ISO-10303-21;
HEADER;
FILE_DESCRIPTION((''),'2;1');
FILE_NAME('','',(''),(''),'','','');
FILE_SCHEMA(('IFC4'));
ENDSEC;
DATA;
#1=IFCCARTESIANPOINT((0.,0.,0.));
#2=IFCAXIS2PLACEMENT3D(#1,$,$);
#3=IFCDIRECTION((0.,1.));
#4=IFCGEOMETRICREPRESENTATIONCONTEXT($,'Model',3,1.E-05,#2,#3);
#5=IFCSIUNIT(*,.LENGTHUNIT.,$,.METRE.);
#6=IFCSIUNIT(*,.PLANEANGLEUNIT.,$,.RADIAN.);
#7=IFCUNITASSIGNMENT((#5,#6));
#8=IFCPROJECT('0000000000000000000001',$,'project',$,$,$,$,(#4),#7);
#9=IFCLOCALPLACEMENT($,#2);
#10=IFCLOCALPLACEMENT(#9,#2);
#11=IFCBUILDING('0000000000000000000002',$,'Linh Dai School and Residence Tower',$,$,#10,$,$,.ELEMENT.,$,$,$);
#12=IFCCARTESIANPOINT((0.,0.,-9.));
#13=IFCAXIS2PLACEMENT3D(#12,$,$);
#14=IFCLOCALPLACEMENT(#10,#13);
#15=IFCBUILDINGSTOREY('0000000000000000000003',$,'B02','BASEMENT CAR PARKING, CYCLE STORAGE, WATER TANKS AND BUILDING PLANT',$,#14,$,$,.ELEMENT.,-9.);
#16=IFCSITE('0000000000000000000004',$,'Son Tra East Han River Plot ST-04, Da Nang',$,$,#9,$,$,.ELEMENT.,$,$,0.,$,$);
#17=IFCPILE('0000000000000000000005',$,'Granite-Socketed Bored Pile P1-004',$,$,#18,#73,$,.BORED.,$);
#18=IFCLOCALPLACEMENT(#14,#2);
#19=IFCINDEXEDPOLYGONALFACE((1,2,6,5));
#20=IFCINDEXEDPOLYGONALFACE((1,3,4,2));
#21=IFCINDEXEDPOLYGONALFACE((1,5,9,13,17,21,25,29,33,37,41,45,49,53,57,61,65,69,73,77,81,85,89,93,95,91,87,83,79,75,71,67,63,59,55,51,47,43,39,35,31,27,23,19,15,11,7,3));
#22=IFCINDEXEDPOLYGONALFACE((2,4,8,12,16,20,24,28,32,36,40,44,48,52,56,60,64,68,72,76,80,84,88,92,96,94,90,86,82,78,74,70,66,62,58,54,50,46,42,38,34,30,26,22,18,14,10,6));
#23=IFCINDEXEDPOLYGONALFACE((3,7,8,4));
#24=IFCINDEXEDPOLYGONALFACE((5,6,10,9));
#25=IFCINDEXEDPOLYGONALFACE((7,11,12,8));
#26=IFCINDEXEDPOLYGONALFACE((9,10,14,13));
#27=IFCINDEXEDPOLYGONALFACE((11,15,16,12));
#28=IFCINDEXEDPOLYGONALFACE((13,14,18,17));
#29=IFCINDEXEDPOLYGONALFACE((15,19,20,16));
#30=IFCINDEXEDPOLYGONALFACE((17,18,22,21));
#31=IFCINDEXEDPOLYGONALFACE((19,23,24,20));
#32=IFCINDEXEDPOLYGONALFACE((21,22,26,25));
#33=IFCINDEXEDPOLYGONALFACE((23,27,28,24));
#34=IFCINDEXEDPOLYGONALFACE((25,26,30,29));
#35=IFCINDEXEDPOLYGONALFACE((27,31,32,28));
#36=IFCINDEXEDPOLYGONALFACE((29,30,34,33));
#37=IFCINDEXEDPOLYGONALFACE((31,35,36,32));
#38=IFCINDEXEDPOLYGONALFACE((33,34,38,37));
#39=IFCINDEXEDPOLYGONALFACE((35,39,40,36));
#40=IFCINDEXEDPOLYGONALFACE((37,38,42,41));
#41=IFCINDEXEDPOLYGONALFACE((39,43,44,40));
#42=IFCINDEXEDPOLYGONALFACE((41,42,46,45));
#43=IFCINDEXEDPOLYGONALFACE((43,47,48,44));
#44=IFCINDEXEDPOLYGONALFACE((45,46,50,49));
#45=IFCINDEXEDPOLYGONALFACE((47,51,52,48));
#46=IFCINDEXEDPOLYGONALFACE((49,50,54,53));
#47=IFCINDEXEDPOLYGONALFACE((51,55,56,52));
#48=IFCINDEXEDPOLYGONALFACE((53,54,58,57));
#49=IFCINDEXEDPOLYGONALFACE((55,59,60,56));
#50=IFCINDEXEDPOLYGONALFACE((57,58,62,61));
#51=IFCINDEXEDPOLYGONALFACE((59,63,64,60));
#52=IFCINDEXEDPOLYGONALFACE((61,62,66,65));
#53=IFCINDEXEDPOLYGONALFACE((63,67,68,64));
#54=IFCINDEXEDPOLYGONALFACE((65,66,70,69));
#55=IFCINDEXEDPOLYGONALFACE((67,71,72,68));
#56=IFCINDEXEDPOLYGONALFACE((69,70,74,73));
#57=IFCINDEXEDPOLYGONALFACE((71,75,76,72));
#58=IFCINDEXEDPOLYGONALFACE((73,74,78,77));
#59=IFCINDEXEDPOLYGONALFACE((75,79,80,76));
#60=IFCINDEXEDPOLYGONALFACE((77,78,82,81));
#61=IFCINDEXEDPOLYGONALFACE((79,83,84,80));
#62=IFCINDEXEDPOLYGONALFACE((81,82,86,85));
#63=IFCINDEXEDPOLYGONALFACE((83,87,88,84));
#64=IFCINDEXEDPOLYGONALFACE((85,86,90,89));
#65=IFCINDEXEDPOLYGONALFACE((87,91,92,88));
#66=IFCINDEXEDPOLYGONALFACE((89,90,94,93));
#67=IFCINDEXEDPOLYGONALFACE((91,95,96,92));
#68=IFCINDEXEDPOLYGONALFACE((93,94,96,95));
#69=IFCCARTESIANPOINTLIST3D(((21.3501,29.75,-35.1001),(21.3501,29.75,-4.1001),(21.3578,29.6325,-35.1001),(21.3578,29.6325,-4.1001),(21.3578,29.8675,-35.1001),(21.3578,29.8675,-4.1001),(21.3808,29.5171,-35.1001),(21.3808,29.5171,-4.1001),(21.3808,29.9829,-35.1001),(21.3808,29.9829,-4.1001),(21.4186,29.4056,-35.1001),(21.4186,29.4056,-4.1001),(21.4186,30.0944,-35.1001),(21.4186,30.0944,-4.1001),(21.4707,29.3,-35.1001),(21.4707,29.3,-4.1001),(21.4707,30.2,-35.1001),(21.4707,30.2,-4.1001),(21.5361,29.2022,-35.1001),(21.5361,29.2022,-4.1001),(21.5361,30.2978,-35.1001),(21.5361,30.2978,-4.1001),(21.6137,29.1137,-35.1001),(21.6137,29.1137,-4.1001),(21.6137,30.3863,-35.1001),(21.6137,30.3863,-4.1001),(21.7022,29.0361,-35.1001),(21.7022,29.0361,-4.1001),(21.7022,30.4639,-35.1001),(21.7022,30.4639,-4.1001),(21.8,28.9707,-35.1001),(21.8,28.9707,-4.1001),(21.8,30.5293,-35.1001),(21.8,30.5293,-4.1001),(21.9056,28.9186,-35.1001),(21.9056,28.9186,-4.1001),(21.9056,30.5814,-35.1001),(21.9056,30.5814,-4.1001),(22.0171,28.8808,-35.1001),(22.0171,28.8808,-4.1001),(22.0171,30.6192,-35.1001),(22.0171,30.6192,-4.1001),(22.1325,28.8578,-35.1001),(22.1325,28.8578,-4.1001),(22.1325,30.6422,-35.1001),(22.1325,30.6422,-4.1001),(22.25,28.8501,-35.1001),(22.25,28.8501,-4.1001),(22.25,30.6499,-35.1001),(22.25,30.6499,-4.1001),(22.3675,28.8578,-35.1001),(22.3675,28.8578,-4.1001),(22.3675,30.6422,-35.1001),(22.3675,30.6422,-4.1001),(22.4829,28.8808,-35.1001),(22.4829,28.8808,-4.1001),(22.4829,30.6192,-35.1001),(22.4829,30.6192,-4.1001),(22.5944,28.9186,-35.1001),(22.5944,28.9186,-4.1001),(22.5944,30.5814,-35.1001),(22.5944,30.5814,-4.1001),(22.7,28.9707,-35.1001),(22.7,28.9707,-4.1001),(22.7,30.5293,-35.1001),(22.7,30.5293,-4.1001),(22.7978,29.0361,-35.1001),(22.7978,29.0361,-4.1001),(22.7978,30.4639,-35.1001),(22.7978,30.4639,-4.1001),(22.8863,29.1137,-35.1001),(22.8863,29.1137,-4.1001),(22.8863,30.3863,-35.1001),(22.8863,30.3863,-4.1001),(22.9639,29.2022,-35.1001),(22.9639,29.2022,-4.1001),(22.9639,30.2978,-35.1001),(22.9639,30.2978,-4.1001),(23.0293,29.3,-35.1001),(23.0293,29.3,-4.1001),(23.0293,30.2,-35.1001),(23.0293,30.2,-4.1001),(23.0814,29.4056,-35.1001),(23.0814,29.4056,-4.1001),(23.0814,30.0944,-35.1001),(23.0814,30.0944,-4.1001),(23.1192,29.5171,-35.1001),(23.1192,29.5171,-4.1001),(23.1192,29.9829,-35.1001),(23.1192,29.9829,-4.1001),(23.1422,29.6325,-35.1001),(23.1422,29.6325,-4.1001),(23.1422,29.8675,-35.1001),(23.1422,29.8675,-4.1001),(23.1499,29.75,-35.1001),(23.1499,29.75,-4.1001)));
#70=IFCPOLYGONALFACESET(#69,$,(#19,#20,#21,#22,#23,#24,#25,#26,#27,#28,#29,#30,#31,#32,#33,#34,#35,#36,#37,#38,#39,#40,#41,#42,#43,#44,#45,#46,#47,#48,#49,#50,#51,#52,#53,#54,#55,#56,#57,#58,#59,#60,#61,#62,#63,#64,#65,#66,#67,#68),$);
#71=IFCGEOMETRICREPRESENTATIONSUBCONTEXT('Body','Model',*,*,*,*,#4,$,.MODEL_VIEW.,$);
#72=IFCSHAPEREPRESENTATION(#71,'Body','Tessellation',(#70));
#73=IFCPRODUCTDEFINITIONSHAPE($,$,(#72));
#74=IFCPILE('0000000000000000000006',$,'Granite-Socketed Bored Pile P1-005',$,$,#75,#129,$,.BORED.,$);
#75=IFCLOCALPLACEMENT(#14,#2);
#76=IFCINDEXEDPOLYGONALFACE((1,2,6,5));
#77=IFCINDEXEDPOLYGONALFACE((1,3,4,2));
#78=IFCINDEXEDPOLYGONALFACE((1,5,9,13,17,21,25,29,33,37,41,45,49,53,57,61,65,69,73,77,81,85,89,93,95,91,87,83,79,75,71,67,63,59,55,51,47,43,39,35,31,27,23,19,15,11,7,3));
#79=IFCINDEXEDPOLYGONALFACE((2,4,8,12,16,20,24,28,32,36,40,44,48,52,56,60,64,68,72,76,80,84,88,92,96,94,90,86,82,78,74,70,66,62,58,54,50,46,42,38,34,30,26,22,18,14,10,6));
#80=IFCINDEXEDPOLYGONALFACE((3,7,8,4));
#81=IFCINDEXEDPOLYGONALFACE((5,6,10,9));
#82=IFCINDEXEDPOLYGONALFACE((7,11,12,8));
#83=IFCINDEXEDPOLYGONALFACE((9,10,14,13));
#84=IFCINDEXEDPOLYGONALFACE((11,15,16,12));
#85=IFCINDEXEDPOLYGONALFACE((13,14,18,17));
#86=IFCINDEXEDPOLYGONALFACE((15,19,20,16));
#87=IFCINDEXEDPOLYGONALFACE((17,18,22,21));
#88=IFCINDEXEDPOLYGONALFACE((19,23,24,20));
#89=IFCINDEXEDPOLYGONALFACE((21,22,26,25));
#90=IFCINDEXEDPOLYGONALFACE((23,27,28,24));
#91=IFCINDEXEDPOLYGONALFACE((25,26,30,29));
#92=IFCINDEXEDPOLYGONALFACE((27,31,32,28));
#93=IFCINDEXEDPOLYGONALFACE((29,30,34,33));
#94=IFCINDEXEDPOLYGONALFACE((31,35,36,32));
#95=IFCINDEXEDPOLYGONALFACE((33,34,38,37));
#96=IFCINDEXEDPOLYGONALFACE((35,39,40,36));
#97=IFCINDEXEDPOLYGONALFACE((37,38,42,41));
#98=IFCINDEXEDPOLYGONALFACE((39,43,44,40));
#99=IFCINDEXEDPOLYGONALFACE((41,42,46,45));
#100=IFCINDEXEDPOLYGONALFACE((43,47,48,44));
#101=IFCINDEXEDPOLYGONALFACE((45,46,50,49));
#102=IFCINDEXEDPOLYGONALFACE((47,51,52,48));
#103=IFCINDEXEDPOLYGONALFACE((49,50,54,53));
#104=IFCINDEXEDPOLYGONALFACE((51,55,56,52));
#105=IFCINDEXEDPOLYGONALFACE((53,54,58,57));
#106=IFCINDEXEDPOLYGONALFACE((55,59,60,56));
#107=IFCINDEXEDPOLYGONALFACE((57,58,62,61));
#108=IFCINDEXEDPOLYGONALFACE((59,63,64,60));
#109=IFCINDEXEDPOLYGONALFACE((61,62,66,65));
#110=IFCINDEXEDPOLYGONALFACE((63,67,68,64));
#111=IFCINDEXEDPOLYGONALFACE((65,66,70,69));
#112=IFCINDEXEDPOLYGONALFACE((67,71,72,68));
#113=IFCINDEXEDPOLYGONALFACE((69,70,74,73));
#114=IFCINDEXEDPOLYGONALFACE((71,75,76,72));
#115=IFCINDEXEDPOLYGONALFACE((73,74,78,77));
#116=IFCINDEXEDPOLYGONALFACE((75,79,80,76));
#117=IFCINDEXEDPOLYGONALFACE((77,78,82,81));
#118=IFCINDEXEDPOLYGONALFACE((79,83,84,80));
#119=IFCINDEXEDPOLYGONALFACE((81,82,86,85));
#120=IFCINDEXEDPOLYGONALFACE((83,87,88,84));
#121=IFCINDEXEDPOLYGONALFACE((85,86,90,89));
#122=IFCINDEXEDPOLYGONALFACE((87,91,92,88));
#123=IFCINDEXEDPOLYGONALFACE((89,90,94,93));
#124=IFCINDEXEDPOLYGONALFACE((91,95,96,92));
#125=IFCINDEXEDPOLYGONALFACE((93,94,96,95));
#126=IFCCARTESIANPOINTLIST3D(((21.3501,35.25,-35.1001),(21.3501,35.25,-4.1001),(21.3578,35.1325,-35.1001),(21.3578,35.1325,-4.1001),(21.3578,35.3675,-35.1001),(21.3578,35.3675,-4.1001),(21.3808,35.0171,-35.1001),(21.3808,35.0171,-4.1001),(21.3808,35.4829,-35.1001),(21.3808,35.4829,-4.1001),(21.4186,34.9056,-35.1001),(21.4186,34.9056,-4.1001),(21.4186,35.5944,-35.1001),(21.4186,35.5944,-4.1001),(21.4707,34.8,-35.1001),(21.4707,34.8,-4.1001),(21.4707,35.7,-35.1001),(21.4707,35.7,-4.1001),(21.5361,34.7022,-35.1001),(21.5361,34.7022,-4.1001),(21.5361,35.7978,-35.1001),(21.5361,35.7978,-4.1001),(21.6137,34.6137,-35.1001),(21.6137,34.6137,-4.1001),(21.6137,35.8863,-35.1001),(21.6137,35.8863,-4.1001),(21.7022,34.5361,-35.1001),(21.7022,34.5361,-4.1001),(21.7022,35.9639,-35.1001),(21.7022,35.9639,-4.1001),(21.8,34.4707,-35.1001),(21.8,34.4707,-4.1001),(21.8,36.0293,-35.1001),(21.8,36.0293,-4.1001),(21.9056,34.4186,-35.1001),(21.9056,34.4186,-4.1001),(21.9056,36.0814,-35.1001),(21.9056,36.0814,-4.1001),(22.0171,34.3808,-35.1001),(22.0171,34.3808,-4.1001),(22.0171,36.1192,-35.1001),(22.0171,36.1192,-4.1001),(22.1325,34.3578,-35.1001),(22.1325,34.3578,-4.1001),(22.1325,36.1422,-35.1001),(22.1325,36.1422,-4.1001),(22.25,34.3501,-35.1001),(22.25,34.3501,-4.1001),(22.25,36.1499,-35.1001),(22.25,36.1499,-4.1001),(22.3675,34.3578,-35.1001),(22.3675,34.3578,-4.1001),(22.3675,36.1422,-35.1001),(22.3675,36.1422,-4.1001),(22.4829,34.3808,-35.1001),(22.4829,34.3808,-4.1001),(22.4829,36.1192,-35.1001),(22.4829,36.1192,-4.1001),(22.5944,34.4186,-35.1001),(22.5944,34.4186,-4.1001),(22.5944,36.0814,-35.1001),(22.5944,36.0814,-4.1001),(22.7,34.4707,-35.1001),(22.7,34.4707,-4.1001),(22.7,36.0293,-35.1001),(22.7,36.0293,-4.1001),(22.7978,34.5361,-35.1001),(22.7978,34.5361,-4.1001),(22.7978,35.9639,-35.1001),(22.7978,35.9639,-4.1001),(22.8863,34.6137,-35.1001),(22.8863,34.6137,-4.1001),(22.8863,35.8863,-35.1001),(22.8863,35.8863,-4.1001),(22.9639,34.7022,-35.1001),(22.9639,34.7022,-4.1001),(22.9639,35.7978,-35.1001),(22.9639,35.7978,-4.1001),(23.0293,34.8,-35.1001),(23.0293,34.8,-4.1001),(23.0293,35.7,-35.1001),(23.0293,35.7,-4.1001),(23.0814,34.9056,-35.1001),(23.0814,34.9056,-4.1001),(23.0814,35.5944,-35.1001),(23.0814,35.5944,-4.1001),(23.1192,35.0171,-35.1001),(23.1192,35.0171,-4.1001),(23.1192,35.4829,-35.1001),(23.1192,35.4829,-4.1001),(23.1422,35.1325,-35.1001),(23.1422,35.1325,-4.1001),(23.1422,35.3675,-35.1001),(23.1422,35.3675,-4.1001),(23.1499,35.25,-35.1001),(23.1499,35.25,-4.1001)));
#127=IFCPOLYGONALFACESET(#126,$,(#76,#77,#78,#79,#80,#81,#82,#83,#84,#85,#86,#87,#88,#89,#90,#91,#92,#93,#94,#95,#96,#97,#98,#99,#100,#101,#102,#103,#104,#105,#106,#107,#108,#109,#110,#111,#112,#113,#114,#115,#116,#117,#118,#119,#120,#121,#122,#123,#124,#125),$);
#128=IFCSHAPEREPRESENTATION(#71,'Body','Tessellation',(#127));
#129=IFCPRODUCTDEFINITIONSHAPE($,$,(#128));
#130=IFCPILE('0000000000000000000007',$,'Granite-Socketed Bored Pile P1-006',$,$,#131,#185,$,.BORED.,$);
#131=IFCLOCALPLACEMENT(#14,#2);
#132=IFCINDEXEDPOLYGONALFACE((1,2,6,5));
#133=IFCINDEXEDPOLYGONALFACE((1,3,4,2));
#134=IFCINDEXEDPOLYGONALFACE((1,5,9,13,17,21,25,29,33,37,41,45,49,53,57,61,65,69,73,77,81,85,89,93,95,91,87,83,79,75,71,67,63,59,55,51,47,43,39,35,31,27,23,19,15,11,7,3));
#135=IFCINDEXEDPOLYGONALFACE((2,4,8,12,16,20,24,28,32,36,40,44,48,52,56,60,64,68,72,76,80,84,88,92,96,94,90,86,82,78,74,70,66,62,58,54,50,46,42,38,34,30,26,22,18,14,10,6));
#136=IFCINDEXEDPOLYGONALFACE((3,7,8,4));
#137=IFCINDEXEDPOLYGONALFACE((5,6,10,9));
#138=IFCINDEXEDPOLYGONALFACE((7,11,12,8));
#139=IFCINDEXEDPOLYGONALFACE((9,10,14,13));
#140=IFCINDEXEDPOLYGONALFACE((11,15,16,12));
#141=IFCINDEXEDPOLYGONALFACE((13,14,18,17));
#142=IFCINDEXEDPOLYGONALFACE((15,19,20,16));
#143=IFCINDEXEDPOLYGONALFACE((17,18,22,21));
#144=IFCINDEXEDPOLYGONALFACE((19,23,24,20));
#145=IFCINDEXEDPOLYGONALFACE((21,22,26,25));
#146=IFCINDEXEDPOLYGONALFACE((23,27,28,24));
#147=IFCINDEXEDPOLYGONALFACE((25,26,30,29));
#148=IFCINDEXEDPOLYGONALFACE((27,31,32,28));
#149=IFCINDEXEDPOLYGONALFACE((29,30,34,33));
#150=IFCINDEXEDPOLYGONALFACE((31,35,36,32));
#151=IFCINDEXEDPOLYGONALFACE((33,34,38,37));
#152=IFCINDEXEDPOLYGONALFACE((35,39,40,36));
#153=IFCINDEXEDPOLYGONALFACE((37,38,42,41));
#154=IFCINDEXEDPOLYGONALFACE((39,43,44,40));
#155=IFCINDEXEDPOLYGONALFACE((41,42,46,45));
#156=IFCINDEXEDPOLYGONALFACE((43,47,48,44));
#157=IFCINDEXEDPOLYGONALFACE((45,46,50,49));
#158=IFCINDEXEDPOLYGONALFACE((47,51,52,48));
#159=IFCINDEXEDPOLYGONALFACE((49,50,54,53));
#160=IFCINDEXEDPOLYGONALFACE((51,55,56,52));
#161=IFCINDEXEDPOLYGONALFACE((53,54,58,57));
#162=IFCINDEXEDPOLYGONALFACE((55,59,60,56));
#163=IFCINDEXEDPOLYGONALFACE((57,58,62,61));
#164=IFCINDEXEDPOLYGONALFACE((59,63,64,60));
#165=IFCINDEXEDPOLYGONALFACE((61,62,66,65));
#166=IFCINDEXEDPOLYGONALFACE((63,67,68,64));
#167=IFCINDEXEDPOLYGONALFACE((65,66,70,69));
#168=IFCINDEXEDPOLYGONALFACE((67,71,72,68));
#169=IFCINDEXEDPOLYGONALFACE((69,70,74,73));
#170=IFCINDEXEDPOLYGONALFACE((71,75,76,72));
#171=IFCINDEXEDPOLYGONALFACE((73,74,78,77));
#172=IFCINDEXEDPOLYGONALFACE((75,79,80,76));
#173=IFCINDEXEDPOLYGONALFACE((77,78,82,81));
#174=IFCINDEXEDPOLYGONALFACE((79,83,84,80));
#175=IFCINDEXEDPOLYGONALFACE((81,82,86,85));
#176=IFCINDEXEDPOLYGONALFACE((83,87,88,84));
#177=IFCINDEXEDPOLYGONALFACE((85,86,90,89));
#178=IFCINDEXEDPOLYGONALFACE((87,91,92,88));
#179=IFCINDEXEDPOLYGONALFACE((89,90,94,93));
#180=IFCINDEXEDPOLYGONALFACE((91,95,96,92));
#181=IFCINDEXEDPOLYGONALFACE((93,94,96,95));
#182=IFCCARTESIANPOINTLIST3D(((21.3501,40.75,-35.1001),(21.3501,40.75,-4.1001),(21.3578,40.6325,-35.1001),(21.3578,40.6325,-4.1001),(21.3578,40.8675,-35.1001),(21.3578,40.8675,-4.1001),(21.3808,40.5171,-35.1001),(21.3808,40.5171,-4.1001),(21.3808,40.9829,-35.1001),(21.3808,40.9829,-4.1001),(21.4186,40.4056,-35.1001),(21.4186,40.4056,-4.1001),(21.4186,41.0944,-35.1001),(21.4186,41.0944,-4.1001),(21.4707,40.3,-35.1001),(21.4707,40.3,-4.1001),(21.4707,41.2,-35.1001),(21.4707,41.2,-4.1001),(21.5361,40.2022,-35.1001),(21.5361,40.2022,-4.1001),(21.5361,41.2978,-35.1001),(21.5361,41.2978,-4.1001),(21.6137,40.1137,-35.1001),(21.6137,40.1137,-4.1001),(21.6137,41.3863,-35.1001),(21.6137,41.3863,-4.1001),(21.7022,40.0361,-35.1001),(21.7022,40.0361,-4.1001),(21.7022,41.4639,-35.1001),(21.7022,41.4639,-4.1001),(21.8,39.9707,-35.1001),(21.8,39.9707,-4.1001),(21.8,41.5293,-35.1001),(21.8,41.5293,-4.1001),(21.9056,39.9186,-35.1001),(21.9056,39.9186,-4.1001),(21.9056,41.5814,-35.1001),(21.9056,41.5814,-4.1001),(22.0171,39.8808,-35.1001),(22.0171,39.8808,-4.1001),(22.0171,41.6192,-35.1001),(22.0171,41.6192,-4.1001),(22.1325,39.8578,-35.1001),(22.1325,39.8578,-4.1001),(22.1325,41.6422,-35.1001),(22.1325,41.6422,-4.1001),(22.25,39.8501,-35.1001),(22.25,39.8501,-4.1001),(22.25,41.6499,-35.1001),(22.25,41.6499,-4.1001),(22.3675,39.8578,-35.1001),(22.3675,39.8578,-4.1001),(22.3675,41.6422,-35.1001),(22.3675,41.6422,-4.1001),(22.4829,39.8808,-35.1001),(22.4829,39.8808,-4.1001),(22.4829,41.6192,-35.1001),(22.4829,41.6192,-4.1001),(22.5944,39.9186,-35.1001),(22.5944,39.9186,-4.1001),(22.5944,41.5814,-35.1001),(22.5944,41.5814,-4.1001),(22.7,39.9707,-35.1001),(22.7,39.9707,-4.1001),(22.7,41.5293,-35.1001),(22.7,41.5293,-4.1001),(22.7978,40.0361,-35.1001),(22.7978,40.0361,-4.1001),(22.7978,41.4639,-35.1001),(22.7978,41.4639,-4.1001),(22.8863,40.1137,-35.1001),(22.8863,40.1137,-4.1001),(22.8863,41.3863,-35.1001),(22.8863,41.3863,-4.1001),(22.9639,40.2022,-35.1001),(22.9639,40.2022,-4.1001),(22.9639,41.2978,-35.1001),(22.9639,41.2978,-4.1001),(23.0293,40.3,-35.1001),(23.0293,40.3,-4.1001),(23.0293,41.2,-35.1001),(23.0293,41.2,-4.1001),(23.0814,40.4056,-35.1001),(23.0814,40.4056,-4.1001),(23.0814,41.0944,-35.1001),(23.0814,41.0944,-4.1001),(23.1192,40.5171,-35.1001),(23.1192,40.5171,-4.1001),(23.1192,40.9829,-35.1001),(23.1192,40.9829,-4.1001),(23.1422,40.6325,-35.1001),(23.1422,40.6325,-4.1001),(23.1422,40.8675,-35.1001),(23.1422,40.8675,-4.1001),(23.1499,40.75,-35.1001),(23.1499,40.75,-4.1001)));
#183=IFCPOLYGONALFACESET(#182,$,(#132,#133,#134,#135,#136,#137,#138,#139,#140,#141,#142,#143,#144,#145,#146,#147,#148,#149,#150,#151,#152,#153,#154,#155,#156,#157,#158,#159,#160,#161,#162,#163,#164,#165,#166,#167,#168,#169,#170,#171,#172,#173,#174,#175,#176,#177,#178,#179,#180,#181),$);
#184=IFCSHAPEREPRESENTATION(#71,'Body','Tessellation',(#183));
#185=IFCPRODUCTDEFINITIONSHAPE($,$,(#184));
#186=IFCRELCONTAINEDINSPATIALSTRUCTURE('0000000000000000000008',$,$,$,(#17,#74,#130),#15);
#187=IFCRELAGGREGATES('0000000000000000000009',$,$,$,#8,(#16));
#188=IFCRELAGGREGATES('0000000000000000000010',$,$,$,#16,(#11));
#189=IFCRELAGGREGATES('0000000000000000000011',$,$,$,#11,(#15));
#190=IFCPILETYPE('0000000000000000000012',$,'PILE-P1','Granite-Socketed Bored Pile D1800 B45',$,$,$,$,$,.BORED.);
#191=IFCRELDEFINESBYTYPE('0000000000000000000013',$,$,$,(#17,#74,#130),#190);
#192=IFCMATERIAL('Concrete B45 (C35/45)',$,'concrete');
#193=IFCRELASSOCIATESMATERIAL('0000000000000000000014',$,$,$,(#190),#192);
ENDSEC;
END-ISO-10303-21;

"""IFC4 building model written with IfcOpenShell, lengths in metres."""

from ifc_helpers import new_model, si_unit, direction, frame, origin, origin_2d, place, context, subcontext, project, spatial, circle, extrude, material, material_profile, profile_set, type_object, element, save


model = new_model("IFC4")

# Units and contexts
model_context = context("Model", 3, precision=1e-05, world=origin(), true_north=direction((0.0, 1.0)))
body_context = subcontext(model_context, "Body", "Model", "MODEL_VIEW")
ifc_project = project(units=[si_unit("LENGTHUNIT", "METRE"), si_unit("PLANEANGLEUNIT", "RADIAN")], contexts=[model_context])

# Site, building, storey
site_placement = place(None, origin())
site = spatial("IfcSite", under=ifc_project, at=site_placement, Name="Son Tra East Han River Plot ST-04, Da Nang", CompositionType="ELEMENT", RefElevation=0.0)
building_placement = place(site_placement, origin())
building = spatial("IfcBuilding", under=site, at=building_placement, Name="Linh Dai School and Residence Tower", CompositionType="ELEMENT")
storey_placement = place(building_placement, frame((0.0, 0.0, -9.0)))
storey = spatial("IfcBuildingStorey", under=building, at=storey_placement, Name="B02", Description="BASEMENT CAR PARKING, CYCLE STORAGE, WATER TANKS AND BUILDING PLANT", CompositionType="ELEMENT", Elevation=-9.0)

# Piles
ifc_material_1 = material(Name="Concrete B45 (C35/45)", Category="concrete")
ifc_material_profile_1 = material_profile(ifc_material_1, circle(Radius=0.8999, at=origin_2d()), Name="PILE D1800")
ifc_profile_set_1 = profile_set([ifc_material_profile_1], Name="Concrete B45 (C35/45)")
pile_type_1 = type_object("IfcPileType", Name="PILE-P1", Description="Granite-Socketed Bored Pile D1800 B45", PredefinedType="BORED", material=ifc_profile_set_1)
for number, where, z_axis, x_axis, name in (
    (1, (22.25, 29.75, -4.1001), (0.0, 0.0, -1.0), (1.0, 0.0, 0.0), "Granite-Socketed Bored Pile P1-004"),
    (2, (22.25, 35.25, -4.1001), (0.0, 0.0, -1.0), (1.0, 0.0, 0.0), "Granite-Socketed Bored Pile P1-005"),
    (3, (22.25, 40.75, -4.1001), (0.0, 0.0, -1.0), (1.0, 0.0, 0.0), "Granite-Socketed Bored Pile P1-006"),
):
    element("IfcPile", number, at=place(storey_placement, frame(where, z_axis=z_axis, x_axis=x_axis)), inside=storey, type_object=pile_type_1, Name=name, PredefinedType="BORED", context=body_context, shape_type="SweptSolid", body=[
        extrude(circle(Radius=0.8999, at=origin_2d()), origin(), (0.0, 0.0, 1.0), 31.0),
    ])

save(model, "model.ifc")
